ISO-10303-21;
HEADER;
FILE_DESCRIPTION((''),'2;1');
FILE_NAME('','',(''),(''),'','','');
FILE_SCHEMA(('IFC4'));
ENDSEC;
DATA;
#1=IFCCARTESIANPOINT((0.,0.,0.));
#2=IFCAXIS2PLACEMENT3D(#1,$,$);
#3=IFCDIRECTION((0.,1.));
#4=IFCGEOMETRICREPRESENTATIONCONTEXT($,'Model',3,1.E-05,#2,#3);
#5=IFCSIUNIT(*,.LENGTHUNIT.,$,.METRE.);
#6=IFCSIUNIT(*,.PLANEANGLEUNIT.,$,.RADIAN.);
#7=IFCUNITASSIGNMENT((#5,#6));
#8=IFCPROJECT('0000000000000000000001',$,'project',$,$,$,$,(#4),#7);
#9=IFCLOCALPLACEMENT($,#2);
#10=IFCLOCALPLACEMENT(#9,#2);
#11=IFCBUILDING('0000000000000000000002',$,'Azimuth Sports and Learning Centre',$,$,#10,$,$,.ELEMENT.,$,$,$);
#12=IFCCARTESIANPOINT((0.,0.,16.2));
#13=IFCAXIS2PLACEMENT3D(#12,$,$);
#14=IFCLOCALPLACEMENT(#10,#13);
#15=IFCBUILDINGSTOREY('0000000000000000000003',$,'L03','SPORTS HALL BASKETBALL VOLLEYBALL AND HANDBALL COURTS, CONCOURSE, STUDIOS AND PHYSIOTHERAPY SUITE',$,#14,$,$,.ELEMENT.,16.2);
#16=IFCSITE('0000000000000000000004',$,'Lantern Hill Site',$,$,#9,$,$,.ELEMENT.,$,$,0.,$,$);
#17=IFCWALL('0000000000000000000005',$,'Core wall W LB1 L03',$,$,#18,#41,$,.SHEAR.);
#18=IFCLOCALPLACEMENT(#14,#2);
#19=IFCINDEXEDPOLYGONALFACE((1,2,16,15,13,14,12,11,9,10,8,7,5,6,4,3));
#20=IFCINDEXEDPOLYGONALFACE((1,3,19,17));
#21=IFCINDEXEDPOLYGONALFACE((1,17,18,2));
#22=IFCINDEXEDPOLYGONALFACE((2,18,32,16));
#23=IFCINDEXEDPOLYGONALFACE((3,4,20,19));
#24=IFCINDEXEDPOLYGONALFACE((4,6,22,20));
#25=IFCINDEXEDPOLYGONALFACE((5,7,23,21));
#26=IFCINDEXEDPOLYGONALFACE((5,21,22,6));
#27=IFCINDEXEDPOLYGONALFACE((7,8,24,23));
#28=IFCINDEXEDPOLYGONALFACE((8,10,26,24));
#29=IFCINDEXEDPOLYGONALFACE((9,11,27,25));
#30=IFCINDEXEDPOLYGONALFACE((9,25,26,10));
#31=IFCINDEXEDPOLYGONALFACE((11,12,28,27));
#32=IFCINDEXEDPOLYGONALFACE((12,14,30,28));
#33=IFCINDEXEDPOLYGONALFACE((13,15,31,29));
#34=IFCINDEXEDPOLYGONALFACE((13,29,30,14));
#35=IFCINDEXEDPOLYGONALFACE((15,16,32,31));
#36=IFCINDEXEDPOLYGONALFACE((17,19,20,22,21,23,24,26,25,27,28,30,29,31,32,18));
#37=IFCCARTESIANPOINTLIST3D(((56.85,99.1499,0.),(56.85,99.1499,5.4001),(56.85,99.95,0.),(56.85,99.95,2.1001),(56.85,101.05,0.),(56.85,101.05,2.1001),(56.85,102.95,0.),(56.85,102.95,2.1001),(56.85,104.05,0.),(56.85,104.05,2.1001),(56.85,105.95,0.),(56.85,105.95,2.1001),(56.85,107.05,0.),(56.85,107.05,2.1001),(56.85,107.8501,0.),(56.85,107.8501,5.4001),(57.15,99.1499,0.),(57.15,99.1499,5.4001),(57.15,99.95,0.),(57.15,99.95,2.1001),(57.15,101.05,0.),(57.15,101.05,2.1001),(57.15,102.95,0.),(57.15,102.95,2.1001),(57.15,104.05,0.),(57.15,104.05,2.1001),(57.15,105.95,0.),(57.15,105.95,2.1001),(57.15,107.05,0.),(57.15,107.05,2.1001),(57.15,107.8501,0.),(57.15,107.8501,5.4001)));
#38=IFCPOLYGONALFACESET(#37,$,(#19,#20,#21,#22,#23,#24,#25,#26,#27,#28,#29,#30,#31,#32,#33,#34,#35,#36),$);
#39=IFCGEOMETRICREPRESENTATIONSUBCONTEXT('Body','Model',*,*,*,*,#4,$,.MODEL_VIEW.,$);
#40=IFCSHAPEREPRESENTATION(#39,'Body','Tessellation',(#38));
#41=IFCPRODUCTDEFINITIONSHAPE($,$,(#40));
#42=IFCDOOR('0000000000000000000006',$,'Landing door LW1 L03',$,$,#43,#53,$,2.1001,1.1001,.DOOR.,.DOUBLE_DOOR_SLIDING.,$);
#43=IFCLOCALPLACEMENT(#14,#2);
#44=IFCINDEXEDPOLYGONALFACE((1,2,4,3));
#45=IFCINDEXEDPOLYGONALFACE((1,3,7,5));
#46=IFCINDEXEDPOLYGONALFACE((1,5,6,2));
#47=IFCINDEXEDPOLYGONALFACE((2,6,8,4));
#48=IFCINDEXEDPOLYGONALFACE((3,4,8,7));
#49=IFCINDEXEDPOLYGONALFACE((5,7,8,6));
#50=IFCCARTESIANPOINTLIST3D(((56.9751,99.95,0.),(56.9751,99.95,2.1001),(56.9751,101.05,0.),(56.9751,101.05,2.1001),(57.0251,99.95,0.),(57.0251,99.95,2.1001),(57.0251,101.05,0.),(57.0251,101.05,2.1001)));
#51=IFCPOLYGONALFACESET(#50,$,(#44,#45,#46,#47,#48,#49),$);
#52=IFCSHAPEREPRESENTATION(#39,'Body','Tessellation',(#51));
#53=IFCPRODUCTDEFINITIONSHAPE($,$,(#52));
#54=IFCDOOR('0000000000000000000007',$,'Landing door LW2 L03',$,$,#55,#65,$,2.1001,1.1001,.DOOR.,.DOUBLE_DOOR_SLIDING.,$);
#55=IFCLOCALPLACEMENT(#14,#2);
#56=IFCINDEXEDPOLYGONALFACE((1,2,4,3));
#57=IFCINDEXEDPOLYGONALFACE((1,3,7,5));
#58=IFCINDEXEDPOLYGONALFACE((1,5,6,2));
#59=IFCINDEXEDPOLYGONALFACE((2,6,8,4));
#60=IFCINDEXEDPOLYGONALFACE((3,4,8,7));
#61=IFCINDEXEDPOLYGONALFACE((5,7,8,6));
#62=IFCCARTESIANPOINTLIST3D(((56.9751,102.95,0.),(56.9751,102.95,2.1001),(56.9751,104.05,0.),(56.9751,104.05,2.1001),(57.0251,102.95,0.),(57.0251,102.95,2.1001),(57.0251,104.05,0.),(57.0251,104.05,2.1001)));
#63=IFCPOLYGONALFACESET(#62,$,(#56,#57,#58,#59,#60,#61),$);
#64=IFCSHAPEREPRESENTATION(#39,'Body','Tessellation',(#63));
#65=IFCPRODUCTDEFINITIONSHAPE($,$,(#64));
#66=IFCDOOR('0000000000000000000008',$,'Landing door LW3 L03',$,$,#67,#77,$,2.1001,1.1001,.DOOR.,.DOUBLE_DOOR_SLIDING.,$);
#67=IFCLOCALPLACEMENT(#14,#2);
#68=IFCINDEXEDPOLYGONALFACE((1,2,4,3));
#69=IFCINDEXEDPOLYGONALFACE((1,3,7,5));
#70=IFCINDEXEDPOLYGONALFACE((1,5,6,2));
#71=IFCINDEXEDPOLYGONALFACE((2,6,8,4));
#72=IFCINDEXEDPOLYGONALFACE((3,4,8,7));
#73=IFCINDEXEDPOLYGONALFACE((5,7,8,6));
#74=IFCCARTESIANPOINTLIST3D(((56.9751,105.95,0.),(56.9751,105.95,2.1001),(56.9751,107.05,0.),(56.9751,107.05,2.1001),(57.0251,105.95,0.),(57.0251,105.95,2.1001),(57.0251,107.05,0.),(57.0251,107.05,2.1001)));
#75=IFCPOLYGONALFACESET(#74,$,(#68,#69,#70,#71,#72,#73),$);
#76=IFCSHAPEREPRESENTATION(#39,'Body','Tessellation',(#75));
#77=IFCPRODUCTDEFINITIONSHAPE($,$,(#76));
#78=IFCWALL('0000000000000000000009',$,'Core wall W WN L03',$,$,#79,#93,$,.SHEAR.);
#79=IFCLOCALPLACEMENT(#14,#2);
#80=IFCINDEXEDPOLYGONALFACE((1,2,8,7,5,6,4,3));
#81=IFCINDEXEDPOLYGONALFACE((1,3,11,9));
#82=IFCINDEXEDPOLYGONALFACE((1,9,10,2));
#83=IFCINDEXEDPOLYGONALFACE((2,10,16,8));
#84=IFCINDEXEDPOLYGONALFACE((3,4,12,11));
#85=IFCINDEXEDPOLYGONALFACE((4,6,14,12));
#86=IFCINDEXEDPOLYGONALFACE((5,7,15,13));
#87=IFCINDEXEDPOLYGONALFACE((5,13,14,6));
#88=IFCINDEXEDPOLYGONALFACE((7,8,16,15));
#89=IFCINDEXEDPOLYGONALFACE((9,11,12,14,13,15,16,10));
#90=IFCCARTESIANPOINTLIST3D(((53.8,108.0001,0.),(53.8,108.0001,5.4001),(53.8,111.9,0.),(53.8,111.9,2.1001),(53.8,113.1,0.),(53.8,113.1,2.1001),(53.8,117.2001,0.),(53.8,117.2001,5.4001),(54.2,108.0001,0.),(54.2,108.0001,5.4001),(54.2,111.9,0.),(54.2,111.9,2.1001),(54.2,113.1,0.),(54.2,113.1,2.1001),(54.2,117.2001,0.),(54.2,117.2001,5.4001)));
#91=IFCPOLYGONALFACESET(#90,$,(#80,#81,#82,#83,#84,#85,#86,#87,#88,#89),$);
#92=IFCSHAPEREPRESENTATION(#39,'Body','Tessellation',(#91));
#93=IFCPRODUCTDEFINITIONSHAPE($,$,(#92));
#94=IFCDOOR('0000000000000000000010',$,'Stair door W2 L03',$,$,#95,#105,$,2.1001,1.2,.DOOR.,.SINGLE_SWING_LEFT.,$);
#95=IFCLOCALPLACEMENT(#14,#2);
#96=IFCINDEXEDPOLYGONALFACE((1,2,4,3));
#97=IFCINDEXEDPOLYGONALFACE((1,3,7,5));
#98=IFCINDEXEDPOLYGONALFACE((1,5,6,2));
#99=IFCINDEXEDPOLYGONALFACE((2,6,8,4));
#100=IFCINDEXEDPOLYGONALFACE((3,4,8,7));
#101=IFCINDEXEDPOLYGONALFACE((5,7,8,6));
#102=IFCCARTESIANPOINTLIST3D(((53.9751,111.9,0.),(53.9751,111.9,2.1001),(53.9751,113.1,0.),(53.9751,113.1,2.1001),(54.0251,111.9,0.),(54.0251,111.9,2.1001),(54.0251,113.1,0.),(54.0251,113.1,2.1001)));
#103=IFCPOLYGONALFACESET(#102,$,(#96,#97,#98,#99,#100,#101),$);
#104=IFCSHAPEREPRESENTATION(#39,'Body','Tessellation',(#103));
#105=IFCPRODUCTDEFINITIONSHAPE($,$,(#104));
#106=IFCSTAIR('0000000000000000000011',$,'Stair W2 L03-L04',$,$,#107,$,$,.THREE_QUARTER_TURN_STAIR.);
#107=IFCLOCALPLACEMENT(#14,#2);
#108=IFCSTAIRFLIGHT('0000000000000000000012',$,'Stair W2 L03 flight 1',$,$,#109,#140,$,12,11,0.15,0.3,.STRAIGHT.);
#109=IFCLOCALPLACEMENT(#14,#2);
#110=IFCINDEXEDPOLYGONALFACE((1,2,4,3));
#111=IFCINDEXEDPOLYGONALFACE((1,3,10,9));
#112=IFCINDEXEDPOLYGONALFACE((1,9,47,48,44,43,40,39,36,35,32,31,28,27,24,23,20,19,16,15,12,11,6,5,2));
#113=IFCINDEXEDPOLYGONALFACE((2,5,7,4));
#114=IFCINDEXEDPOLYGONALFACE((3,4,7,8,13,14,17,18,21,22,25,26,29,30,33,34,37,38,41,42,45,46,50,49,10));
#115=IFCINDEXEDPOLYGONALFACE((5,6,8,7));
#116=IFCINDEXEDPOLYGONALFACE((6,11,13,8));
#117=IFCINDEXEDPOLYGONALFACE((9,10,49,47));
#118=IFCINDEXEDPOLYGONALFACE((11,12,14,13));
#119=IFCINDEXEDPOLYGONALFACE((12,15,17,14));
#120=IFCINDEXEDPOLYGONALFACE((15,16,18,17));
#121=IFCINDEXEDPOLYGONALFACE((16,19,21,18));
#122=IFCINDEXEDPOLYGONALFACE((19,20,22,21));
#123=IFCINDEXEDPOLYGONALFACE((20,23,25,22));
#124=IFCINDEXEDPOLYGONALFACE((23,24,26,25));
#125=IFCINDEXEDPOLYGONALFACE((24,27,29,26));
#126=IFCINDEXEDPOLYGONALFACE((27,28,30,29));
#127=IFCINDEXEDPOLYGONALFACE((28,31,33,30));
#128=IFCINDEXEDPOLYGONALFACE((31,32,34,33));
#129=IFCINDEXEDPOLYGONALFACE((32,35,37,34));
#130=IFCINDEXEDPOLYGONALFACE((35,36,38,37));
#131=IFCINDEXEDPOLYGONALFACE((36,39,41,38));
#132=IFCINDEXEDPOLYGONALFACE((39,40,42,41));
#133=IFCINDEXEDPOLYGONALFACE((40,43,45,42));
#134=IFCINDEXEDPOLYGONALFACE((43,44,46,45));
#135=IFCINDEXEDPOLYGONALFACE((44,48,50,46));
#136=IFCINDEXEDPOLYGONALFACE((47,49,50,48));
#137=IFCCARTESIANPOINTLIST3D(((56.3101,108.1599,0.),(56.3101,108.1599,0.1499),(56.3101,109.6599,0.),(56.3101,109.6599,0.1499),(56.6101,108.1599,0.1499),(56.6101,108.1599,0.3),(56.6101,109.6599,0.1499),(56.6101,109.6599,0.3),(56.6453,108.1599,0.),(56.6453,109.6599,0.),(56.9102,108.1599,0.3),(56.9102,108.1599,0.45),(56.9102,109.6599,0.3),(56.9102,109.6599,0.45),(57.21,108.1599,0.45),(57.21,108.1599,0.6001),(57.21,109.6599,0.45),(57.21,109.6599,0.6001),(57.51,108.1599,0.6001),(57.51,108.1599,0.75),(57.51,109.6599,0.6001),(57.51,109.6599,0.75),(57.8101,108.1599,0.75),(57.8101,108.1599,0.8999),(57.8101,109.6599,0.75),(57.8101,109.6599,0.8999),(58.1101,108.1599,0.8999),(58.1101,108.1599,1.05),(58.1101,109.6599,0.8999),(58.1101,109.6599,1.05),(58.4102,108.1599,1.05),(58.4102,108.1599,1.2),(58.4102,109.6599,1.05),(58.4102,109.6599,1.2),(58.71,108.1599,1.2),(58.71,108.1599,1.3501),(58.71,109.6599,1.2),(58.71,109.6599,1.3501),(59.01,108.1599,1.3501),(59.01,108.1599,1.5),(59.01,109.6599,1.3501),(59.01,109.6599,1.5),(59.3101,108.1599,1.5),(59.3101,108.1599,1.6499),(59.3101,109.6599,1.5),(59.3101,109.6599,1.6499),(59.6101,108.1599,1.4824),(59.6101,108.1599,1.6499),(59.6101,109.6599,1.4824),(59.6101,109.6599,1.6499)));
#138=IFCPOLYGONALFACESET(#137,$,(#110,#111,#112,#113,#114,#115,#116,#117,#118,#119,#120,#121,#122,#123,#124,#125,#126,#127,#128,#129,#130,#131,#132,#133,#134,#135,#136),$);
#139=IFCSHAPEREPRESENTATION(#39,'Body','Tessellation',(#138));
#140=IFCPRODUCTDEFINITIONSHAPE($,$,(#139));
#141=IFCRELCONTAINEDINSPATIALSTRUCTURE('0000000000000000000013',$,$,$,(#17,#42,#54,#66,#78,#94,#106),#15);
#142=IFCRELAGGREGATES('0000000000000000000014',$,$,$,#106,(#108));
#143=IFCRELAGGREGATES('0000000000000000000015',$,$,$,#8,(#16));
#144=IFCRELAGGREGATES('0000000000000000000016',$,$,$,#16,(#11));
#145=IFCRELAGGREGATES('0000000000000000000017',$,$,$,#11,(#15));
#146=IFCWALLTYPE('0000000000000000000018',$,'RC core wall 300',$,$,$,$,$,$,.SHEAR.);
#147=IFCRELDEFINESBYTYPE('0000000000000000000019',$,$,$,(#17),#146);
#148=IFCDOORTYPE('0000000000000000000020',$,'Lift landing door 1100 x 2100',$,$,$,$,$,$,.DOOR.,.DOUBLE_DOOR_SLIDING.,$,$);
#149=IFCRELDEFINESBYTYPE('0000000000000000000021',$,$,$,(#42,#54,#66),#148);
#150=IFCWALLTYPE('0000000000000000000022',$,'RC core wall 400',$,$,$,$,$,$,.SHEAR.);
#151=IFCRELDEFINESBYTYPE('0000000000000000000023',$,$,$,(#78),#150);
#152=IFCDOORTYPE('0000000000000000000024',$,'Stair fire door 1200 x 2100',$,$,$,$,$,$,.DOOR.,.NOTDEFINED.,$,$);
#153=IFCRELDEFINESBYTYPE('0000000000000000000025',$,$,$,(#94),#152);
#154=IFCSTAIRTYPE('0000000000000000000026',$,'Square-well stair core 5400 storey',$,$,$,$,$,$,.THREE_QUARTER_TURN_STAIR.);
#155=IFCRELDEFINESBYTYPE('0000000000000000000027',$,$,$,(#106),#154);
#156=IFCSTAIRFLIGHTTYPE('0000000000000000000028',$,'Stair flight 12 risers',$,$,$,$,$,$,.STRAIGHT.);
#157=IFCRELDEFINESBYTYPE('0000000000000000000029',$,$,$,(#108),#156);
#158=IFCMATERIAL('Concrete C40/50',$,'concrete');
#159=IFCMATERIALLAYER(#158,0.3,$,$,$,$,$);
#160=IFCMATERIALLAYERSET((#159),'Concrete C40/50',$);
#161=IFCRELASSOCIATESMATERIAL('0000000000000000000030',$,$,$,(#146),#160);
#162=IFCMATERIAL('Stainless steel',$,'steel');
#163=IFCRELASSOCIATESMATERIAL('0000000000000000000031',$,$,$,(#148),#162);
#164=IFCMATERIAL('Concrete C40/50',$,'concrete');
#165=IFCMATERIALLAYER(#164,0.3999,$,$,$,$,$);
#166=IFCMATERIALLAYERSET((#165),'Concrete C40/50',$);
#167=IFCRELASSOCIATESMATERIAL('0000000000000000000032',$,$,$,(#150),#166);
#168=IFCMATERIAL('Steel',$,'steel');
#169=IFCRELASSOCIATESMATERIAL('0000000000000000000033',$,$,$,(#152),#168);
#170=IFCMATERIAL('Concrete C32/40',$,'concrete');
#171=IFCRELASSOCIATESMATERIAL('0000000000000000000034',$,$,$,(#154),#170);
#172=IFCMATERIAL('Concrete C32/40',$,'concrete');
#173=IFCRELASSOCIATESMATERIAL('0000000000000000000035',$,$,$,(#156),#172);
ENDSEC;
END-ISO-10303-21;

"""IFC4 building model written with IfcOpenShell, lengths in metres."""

from ifc_helpers import new_model, si_unit, direction, frame, frame_2d, origin, place, context, subcontext, project, spatial, polyline, rectangle, outline, extrude, material, layer, layer_set, type_object, element, fill, aggregate, save


model = new_model("IFC4")

# Units and contexts
model_context = context("Model", 3, precision=1e-05, world=origin(), true_north=direction((0.0, 1.0)))
body_context = subcontext(model_context, "Body", "Model", "MODEL_VIEW")
ifc_project = project(units=[si_unit("LENGTHUNIT", "METRE"), si_unit("PLANEANGLEUNIT", "RADIAN")], contexts=[model_context])

# Site, building, storey
site_placement = place(None, origin())
site = spatial("IfcSite", under=ifc_project, at=site_placement, Name="Lantern Hill Site", CompositionType="ELEMENT", RefElevation=0.0)
building_placement = place(site_placement, origin())
building = spatial("IfcBuilding", under=site, at=building_placement, Name="Azimuth Sports and Learning Centre", CompositionType="ELEMENT")
storey_placement = place(building_placement, frame((0.0, 0.0, 16.2)))
storey = spatial("IfcBuildingStorey", under=building, at=storey_placement, Name="L03", Description="SPORTS HALL BASKETBALL VOLLEYBALL AND HANDBALL COURTS, CONCOURSE, STUDIOS AND PHYSIOTHERAPY SUITE", CompositionType="ELEMENT", Elevation=16.2)

# Shared definitions
ifc_material_1 = material(Name="Concrete C40/50", Category="concrete")
ifc_layer_1 = layer(ifc_material_1, 0.3)
ifc_layer_set_1 = layer_set([ifc_layer_1], Name="Concrete C40/50")
wall_type_1 = type_object("IfcWallType", Name="RC core wall 300", PredefinedType="SHEAR", material=ifc_layer_set_1)

# Wall, openings, doors
wall_1_placement = place(storey_placement, frame((57.0, 99.1499, 0.0), z_axis=(0.0, 0.0, 1.0), x_axis=(0.0, 1.0, 0.0)))
wall_1 = element("IfcWall", 1, at=wall_1_placement, inside=storey, type_object=wall_type_1, Name="Core wall W LB1 L03", PredefinedType="SHEAR", context=body_context, shape_type="SweptSolid", body=[
    extrude(rectangle(XDim=8.7002, YDim=0.3, at=frame_2d((4.3501, 0.0))), origin(), (0.0, 0.0, 1.0), 5.4001),
])
opening_1_placement = place(wall_1_placement, frame((0.8, 0.0, 0.0)))
opening_1 = element("IfcOpeningElement", 2, at=opening_1_placement, cuts=wall_1, PredefinedType="OPENING", context=body_context, shape_type="SweptSolid", body=[
    extrude(rectangle(XDim=1.1001, YDim=2.1001, at=frame_2d((0.55, 1.05))), frame((0.0, 0.1611, 0.0), z_axis=(0.0, -1.0, 0.0), x_axis=(1.0, 0.0, 0.0)), (0.0, 0.0, 1.0), 0.322),
])
opening_2_placement = place(wall_1_placement, frame((3.8, 0.0, 0.0)))
opening_2 = element("IfcOpeningElement", 3, at=opening_2_placement, cuts=wall_1, PredefinedType="OPENING", context=body_context, shape_type="SweptSolid", body=[
    extrude(rectangle(XDim=1.1001, YDim=2.1001, at=frame_2d((0.55, 1.05))), frame((0.0, 0.1611, 0.0), z_axis=(0.0, -1.0, 0.0), x_axis=(1.0, 0.0, 0.0)), (0.0, 0.0, 1.0), 0.322),
])
opening_3_placement = place(wall_1_placement, frame((6.8, 0.0, 0.0)))
opening_3 = element("IfcOpeningElement", 4, at=opening_3_placement, cuts=wall_1, PredefinedType="OPENING", context=body_context, shape_type="SweptSolid", body=[
    extrude(rectangle(XDim=1.1001, YDim=2.1001, at=frame_2d((0.55, 1.05))), frame((0.0, 0.1611, 0.0), z_axis=(0.0, -1.0, 0.0), x_axis=(1.0, 0.0, 0.0)), (0.0, 0.0, 1.0), 0.322),
])
ifc_material_2 = material(Name="Stainless steel", Category="steel")
door_type_1 = type_object("IfcDoorType", Name="Lift landing door 1100 x 2100", OperationType="DOUBLE_DOOR_SLIDING", PredefinedType="DOOR", material=ifc_material_2)
door_1_placement = place(opening_1_placement, origin())
door_1 = element("IfcDoor", 5, at=door_1_placement, inside=storey, type_object=door_type_1, Name="Landing door LW1 L03", OperationType="DOUBLE_DOOR_SLIDING", OverallHeight=2.1001, OverallWidth=1.1001, PredefinedType="DOOR", context=body_context, shape_type="SweptSolid", body=[
    extrude(rectangle(XDim=1.1001, YDim=2.1001, at=frame_2d((0.55, 1.05))), frame((0.0, 0.0249, 0.0), z_axis=(0.0, -1.0, 0.0), x_axis=(1.0, 0.0, 0.0)), (0.0, 0.0, 1.0), 0.05),
])
fill(opening_1, door_1)
door_2_placement = place(opening_2_placement, origin())
door_2 = element("IfcDoor", 6, at=door_2_placement, inside=storey, type_object=door_type_1, Name="Landing door LW2 L03", OperationType="DOUBLE_DOOR_SLIDING", OverallHeight=2.1001, OverallWidth=1.1001, PredefinedType="DOOR", context=body_context, shape_type="SweptSolid", body=[
    extrude(rectangle(XDim=1.1001, YDim=2.1001, at=frame_2d((0.55, 1.05))), frame((0.0, 0.0249, 0.0), z_axis=(0.0, -1.0, 0.0), x_axis=(1.0, 0.0, 0.0)), (0.0, 0.0, 1.0), 0.05),
])
fill(opening_2, door_2)
door_3_placement = place(opening_3_placement, origin())
door_3 = element("IfcDoor", 7, at=door_3_placement, inside=storey, type_object=door_type_1, Name="Landing door LW3 L03", OperationType="DOUBLE_DOOR_SLIDING", OverallHeight=2.1001, OverallWidth=1.1001, PredefinedType="DOOR", context=body_context, shape_type="SweptSolid", body=[
    extrude(rectangle(XDim=1.1001, YDim=2.1001, at=frame_2d((0.55, 1.05))), frame((0.0, 0.0249, 0.0), z_axis=(0.0, -1.0, 0.0), x_axis=(1.0, 0.0, 0.0)), (0.0, 0.0, 1.0), 0.05),
])
fill(opening_3, door_3)

# Wall, opening, door
ifc_material_3 = material(Name="Concrete C40/50", Category="concrete")
ifc_layer_2 = layer(ifc_material_3, 0.3999)
ifc_layer_set_2 = layer_set([ifc_layer_2], Name="Concrete C40/50")
wall_type_2 = type_object("IfcWallType", Name="RC core wall 400", PredefinedType="SHEAR", material=ifc_layer_set_2)
wall_2_placement = place(storey_placement, frame((54.0, 108.0, 0.0), z_axis=(0.0, 0.0, 1.0), x_axis=(0.0, 1.0, 0.0)))
wall_2 = element("IfcWall", 8, at=wall_2_placement, inside=storey, type_object=wall_type_2, Name="Core wall W WN L03", PredefinedType="SHEAR", context=body_context, shape_type="SweptSolid", body=[
    extrude(rectangle(XDim=9.2, YDim=0.3999, at=frame_2d((4.6001, 0.0))), origin(), (0.0, 0.0, 1.0), 5.4001),
])
opening_4_placement = place(wall_2_placement, frame((3.8999, 0.0, 0.0)))
opening_4 = element("IfcOpeningElement", 9, at=opening_4_placement, cuts=wall_2, PredefinedType="OPENING", context=body_context, shape_type="SweptSolid", body=[
    extrude(rectangle(XDim=1.2, YDim=2.1001, at=frame_2d((0.6001, 1.05))), frame((0.0, 0.2109, 0.0), z_axis=(0.0, -1.0, 0.0), x_axis=(1.0, 0.0, 0.0)), (0.0, 0.0, 1.0), 0.4219),
])
ifc_material_4 = material(Name="Steel", Category="steel")
door_type_2 = type_object("IfcDoorType", Name="Stair fire door 1200 x 2100", OperationType="NOTDEFINED", PredefinedType="DOOR", material=ifc_material_4)
door_4_placement = place(opening_4_placement, origin())
door_4 = element("IfcDoor", 10, at=door_4_placement, inside=storey, type_object=door_type_2, Name="Stair door W2 L03", OperationType="SINGLE_SWING_LEFT", OverallHeight=2.1001, OverallWidth=1.2, PredefinedType="DOOR", context=body_context, shape_type="SweptSolid", body=[
    extrude(rectangle(XDim=1.2, YDim=2.1001, at=frame_2d((0.6001, 1.05))), frame((0.0, 0.0249, 0.0), z_axis=(0.0, -1.0, 0.0), x_axis=(1.0, 0.0, 0.0)), (0.0, 0.0, 1.0), 0.05),
])
fill(opening_4, door_4)

# Stair, stair flight
ifc_material_5 = material(Name="Concrete C32/40", Category="concrete")
stair_type = type_object("IfcStairType", Name="Square-well stair core 5400 storey", PredefinedType="THREE_QUARTER_TURN_STAIR", material=ifc_material_5)
stair_placement = place(storey_placement, origin())
stair = element("IfcStair", 11, at=stair_placement, inside=storey, type_object=stair_type, Name="Stair W2 L03-L04", PredefinedType="THREE_QUARTER_TURN_STAIR")
ifc_material_6 = material(Name="Concrete C32/40", Category="concrete")
stair_flight_type = type_object("IfcStairFlightType", Name="Stair flight 12 risers", PredefinedType="STRAIGHT", material=ifc_material_6)
stair_flight_placement = place(storey_placement, frame((56.3101, 108.9099, 0.0), z_axis=(0.0, 0.0, 1.0), x_axis=(1.0, 0.0, 0.0)))
stair_flight = element("IfcStairFlight", 12, at=stair_flight_placement, type_object=stair_flight_type, Name="Stair W2 L03 flight 1", NumberOfRisers=12, NumberOfTreads=11, PredefinedType="STRAIGHT", RiserHeight=0.15, TreadLength=0.3, context=body_context, shape_type="SweptSolid", body=[
    extrude(outline(polyline([(0.0, 0.0), (0.0, 0.1499), (0.3, 0.1499), (0.3, 0.3), (0.6001, 0.3), (0.6001, 0.45), (0.8999, 0.45), (0.8999, 0.6001), (1.2, 0.6001), (1.2, 0.75), (1.5, 0.75), (1.5, 0.8999), (1.8, 0.8999), (1.8, 1.05), (2.1001, 1.05), (2.1001, 1.2), (2.3999, 1.2), (2.3999, 1.3501), (2.7, 1.3501), (2.7, 1.5), (3.0, 1.5), (3.0, 1.6499), (3.3, 1.6499), (3.3, 1.8), (3.3, 1.4824), (0.3352, 0.0), (0.0, 0.0)])), frame((0.0, 0.75, 0.0), z_axis=(0.0, -1.0, 0.0), x_axis=(1.0, 0.0, 0.0)), (0.0, 0.0, 1.0), 1.5),
])
aggregate(stair, [stair_flight])

save(model, "model.ifc")
